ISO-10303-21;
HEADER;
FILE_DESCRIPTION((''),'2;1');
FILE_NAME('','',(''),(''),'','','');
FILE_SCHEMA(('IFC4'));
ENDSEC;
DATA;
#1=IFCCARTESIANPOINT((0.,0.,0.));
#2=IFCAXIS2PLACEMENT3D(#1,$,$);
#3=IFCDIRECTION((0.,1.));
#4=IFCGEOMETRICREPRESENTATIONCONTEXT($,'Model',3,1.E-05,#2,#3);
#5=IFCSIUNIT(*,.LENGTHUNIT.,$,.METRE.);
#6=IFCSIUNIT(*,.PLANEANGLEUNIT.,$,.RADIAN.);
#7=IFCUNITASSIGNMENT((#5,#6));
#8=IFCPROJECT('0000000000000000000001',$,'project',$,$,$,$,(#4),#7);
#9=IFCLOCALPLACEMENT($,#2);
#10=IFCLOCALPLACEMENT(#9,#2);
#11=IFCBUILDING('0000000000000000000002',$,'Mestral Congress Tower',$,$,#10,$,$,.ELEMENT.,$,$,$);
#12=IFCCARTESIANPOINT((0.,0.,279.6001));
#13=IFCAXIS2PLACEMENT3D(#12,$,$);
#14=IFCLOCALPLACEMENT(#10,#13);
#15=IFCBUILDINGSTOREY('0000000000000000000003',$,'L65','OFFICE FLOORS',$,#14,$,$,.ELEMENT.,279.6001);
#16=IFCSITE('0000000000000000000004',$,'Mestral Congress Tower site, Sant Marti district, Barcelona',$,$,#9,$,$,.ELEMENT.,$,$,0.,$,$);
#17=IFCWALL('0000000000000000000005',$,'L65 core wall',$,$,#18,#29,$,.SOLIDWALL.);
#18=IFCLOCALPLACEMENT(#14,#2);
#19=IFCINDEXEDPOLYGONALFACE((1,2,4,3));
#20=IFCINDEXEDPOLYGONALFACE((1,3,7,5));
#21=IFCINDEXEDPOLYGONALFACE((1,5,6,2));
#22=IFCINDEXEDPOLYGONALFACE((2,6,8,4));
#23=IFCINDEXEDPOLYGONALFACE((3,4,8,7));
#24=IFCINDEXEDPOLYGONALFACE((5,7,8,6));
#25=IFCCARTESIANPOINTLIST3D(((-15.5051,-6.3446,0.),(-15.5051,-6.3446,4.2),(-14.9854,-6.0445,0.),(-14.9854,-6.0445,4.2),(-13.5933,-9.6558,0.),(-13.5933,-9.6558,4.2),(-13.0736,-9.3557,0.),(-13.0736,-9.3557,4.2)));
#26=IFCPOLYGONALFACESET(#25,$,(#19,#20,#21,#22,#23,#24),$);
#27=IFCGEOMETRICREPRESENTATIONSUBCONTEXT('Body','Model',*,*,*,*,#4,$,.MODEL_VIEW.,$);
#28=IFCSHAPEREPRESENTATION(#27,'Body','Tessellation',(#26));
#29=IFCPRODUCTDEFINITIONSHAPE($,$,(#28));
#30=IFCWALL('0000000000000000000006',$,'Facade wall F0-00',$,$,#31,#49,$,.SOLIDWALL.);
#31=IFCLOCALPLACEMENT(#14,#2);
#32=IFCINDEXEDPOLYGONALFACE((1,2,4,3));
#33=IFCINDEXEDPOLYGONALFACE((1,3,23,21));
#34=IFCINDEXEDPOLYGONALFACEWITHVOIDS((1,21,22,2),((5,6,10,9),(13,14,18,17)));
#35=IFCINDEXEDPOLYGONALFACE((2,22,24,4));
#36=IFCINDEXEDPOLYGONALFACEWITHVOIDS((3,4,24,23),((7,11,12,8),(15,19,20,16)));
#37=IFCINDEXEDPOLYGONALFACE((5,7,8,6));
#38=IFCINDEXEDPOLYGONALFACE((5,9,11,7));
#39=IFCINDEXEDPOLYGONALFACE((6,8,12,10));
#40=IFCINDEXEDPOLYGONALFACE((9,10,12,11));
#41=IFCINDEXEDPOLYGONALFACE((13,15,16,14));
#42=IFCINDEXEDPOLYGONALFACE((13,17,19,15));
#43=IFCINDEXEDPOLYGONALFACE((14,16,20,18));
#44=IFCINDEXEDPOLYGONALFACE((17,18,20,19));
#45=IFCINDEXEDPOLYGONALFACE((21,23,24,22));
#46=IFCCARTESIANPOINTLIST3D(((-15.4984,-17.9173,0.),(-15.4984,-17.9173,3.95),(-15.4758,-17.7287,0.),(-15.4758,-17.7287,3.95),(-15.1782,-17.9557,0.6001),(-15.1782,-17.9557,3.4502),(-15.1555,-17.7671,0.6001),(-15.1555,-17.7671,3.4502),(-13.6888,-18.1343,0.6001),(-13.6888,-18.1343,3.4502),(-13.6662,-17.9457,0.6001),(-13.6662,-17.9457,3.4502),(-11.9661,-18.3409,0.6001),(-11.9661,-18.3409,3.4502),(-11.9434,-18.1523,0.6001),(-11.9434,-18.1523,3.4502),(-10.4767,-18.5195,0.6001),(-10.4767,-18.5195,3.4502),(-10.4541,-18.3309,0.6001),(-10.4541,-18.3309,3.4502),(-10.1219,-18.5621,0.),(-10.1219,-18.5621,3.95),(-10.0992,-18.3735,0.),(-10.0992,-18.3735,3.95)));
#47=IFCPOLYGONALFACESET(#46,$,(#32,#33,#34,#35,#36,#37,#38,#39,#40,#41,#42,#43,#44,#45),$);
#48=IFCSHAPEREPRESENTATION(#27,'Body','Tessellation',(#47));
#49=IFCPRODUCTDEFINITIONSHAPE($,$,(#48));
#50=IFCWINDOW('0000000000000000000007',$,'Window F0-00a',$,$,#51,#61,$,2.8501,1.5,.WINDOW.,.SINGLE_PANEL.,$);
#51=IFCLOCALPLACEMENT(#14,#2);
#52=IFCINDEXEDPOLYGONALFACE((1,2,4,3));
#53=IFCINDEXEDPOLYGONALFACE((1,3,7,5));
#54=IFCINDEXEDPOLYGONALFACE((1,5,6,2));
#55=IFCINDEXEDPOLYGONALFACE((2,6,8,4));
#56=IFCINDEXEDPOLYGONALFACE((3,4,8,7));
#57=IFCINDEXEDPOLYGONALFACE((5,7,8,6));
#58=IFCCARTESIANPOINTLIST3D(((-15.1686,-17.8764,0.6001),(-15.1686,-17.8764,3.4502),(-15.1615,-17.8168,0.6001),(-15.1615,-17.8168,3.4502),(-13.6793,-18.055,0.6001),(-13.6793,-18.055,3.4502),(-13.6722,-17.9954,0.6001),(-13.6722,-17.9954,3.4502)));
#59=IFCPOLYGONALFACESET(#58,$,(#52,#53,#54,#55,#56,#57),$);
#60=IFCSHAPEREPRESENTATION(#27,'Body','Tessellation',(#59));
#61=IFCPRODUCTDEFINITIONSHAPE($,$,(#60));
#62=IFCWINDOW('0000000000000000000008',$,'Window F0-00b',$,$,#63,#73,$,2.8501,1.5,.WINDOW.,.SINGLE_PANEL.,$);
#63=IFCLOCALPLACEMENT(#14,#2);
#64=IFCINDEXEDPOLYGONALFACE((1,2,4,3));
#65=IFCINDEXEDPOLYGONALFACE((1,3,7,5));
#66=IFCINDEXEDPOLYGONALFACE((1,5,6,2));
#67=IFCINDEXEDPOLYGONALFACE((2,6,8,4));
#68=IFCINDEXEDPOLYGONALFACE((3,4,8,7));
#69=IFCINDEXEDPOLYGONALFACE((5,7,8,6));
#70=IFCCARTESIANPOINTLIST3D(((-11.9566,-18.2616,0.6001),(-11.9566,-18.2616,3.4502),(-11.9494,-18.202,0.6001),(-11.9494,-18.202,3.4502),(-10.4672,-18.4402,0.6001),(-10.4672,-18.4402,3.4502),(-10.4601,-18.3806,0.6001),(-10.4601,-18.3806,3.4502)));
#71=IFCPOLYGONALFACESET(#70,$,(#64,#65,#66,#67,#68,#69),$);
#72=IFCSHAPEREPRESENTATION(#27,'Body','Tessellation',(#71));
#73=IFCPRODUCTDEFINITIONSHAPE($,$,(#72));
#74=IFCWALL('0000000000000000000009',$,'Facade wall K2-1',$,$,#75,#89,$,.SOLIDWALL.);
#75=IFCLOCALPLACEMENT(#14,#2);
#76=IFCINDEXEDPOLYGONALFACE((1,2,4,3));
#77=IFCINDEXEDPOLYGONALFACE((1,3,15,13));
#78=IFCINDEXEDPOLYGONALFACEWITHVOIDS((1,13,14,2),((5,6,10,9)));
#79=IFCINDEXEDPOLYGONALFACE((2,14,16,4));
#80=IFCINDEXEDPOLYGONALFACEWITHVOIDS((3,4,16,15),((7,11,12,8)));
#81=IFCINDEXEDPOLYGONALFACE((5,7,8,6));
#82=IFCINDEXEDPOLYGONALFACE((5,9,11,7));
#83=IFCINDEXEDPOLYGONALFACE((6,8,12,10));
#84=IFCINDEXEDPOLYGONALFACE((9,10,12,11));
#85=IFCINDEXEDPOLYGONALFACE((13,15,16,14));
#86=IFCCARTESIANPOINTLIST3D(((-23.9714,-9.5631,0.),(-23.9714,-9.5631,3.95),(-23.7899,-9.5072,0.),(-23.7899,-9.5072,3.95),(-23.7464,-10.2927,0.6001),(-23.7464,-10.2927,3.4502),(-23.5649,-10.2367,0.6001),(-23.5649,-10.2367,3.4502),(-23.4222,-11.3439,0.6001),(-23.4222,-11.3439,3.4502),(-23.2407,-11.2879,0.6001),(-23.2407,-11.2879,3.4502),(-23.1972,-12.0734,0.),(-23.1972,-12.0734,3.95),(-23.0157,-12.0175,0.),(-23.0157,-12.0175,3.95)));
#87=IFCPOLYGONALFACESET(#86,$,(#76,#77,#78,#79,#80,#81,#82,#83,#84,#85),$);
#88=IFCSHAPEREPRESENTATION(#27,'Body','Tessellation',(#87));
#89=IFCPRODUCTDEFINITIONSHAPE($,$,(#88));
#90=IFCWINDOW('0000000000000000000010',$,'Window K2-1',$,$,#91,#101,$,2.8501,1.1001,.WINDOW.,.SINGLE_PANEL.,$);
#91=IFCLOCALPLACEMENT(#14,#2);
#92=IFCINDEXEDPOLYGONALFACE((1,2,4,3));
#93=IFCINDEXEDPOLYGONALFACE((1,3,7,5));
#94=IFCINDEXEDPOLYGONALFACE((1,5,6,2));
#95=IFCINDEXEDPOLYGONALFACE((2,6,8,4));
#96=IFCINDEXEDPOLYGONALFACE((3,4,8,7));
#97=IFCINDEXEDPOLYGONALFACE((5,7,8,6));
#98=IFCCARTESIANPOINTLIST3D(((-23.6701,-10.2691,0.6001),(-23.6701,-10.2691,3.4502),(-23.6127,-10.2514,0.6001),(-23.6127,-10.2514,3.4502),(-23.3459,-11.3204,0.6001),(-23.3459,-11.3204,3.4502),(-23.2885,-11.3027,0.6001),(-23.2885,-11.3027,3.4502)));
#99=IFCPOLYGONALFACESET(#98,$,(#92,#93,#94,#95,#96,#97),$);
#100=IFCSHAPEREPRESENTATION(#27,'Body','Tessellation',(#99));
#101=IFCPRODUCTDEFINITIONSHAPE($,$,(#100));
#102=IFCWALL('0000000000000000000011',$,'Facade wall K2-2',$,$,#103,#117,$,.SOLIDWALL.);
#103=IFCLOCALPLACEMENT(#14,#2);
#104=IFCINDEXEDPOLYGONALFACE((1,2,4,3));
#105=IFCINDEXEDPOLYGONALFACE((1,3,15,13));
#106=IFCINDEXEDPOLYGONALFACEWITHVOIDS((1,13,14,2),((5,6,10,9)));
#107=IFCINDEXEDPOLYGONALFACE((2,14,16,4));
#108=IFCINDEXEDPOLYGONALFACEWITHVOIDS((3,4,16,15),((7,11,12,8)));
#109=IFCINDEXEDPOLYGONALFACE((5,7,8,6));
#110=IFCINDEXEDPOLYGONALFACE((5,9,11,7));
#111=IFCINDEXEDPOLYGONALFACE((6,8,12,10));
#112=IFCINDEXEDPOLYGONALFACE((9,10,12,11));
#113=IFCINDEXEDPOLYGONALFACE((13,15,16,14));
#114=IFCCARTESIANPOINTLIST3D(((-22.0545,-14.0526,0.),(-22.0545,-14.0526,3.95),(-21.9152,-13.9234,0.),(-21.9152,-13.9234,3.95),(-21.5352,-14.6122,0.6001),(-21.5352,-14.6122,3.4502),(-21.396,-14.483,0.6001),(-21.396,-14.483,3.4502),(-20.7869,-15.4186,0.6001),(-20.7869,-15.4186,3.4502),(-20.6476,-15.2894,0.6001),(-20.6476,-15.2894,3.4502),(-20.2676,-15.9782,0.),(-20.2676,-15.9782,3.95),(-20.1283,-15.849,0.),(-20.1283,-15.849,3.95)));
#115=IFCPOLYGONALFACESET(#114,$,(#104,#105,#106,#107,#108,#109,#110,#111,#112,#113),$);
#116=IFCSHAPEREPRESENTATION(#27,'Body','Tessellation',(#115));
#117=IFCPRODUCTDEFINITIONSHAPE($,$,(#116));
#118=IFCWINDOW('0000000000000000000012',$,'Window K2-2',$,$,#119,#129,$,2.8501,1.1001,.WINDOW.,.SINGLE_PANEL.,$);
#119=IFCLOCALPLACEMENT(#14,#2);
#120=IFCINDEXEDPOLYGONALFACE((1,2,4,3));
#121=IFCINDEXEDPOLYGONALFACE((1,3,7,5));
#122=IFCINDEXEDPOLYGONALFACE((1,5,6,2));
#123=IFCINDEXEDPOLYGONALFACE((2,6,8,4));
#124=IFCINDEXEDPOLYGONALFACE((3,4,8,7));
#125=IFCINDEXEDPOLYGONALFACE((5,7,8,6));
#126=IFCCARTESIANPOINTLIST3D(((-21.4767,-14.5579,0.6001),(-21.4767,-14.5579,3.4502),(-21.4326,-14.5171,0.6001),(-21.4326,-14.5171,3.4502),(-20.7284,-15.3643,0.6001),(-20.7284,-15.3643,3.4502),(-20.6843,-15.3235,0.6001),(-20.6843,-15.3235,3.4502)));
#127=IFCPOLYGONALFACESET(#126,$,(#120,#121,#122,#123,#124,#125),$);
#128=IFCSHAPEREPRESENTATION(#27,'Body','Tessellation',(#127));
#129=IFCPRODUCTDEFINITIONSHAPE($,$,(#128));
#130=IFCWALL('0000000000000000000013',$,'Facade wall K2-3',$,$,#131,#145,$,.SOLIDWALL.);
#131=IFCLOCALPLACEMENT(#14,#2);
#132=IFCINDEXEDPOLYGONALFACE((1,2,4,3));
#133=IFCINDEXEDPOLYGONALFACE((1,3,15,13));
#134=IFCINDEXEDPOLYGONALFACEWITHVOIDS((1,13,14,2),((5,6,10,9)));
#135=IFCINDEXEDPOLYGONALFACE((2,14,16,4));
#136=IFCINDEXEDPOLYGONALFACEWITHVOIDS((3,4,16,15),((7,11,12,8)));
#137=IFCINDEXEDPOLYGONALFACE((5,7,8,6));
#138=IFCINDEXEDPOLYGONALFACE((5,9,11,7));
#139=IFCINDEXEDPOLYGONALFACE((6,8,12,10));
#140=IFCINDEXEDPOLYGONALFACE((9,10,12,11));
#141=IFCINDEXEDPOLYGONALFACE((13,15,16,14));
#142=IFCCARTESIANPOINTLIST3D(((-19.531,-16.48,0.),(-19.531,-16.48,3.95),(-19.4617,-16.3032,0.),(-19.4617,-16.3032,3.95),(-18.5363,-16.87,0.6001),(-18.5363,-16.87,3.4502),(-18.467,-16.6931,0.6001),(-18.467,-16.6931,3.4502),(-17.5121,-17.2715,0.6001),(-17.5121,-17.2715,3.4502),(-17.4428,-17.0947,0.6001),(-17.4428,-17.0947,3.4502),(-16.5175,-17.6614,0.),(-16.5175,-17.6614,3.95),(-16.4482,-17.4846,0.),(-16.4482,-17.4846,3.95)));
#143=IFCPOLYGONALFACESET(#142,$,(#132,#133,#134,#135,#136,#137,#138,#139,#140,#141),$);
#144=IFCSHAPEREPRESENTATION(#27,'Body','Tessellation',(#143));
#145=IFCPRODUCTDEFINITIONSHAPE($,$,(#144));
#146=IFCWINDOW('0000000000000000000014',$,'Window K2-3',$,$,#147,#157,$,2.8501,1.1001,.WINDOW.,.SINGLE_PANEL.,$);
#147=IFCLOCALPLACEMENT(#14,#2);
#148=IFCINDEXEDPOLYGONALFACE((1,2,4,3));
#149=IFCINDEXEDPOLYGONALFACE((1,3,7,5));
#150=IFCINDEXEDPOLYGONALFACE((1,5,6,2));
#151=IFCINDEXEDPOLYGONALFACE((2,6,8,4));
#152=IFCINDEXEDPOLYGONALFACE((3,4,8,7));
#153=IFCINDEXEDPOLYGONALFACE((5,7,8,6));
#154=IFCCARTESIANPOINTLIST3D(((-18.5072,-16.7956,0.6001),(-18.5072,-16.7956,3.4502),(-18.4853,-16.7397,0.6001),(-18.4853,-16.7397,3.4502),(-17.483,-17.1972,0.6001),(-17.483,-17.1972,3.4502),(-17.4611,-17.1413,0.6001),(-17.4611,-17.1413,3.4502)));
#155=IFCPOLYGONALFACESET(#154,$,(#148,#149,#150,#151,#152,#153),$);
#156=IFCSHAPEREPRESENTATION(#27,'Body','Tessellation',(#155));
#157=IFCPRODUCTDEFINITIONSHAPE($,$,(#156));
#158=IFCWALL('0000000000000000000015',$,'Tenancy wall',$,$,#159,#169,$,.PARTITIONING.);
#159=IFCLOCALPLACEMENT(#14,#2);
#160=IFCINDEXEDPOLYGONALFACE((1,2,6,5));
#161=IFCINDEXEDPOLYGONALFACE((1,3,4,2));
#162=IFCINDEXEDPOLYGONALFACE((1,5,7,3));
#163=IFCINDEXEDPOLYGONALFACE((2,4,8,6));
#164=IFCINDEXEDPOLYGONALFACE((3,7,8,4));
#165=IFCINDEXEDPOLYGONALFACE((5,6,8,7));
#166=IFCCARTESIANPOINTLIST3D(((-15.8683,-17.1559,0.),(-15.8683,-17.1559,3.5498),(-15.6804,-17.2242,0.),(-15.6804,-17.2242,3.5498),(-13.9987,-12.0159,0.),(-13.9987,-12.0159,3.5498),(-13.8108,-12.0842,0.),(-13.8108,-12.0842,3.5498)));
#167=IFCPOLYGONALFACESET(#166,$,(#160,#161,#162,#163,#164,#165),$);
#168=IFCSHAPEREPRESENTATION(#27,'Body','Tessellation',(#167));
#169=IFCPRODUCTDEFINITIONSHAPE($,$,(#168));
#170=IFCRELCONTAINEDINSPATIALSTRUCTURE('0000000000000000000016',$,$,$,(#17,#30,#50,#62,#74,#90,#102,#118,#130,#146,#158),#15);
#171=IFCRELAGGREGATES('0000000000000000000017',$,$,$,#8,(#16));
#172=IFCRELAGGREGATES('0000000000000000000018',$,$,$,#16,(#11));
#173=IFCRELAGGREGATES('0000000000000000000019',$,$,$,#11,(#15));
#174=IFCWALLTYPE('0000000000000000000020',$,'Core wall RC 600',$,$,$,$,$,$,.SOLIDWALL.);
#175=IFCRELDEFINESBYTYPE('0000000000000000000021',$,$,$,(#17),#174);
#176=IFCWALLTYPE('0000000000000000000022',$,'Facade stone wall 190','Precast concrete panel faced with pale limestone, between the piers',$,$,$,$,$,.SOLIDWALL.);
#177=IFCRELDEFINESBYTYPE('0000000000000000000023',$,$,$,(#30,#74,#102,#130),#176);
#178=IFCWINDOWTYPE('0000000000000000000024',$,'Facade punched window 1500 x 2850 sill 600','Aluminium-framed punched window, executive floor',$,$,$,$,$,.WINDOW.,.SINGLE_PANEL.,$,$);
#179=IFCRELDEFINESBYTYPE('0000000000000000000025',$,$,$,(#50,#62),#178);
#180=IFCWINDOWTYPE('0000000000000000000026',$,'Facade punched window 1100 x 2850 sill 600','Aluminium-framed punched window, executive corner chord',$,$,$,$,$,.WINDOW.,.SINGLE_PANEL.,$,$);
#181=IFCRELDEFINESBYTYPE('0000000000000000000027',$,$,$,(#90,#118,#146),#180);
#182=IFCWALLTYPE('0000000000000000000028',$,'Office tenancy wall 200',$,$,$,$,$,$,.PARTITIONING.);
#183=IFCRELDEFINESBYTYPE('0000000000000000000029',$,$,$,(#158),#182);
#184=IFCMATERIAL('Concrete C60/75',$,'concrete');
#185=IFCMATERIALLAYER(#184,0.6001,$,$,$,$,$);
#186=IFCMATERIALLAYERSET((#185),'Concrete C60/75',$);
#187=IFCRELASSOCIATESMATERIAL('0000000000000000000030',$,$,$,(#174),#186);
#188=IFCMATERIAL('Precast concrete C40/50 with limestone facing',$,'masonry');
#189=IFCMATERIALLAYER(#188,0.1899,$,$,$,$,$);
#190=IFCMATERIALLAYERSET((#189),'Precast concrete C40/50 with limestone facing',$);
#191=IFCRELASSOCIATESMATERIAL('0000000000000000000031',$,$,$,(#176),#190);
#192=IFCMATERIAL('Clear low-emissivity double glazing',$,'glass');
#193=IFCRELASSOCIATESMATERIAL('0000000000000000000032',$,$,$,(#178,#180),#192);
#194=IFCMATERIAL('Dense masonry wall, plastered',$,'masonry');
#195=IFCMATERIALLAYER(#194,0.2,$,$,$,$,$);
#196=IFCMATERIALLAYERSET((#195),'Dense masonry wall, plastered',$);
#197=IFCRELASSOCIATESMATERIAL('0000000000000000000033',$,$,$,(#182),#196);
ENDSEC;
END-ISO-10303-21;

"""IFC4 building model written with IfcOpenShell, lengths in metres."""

from ifc_helpers import new_model, si_unit, direction, frame, frame_2d, origin, place, context, subcontext, project, spatial, rectangle, extrude, material, layer, layer_set, type_object, element, fill, save


model = new_model("IFC4")

# Units and contexts
model_context = context("Model", 3, precision=1e-05, world=origin(), true_north=direction((0.0, 1.0)))
body_context = subcontext(model_context, "Body", "Model", "MODEL_VIEW")
ifc_project = project(units=[si_unit("LENGTHUNIT", "METRE"), si_unit("PLANEANGLEUNIT", "RADIAN")], contexts=[model_context])

# Site, building, storey
site_placement = place(None, origin())
site = spatial("IfcSite", under=ifc_project, at=site_placement, Name="Mestral Congress Tower site, Sant Marti district, Barcelona", CompositionType="ELEMENT", RefElevation=0.0)
building_placement = place(site_placement, origin())
building = spatial("IfcBuilding", under=site, at=building_placement, Name="Mestral Congress Tower", CompositionType="ELEMENT")
storey_placement = place(building_placement, frame((0.0, 0.0, 279.6001)))
storey = spatial("IfcBuildingStorey", under=building, at=storey_placement, Name="L65", Description="OFFICE FLOORS", CompositionType="ELEMENT", Elevation=279.6001)

# Shared definitions
ifc_material_1 = material(Name="Concrete C60/75", Category="concrete")

# Wall
ifc_layer_1 = layer(ifc_material_1, 0.6001)
ifc_layer_set_1 = layer_set([ifc_layer_1], Name="Concrete C60/75")
wall_type_1 = type_object("IfcWallType", Name="Core wall RC 600", PredefinedType="SOLIDWALL", material=ifc_layer_set_1)
wall_1_placement = place(storey_placement, frame((-13.3335, -9.5056, 0.0), z_axis=(0.0, 0.0, 1.0), x_axis=(-0.500019, 0.866014, 0.0)))
element("IfcWall", 1, at=wall_1_placement, inside=storey, type_object=wall_type_1, Name="L65 core wall", PredefinedType="SOLIDWALL", context=body_context, shape_type="SweptSolid", body=[
    extrude(rectangle(XDim=3.8235, YDim=0.6001, at=frame_2d((1.9116, 0.0))), origin(), (0.0, 0.0, 1.0), 4.2),
])

# Wall, openings, windows
ifc_material_2 = material(Name="Precast concrete C40/50 with limestone facing", Category="masonry")
ifc_layer_2 = layer(ifc_material_2, 0.1899)
ifc_layer_set_2 = layer_set([ifc_layer_2], Name="Precast concrete C40/50 with limestone facing")
wall_type_2 = type_object("IfcWallType", Name="Facade stone wall 190", Description="Precast concrete panel faced with pale limestone, between the piers", PredefinedType="SOLIDWALL", material=ifc_layer_set_2)
wall_2_placement = place(storey_placement, frame((-15.4871, -17.823, 0.0), z_axis=(0.0, 0.0, 1.0), x_axis=(0.992886, -0.119072, 0.0)))
wall_2 = element("IfcWall", 2, at=wall_2_placement, inside=storey, type_object=wall_type_2, Name="Facade wall F0-00", PredefinedType="SOLIDWALL", context=body_context, shape_type="SweptSolid", body=[
    extrude(rectangle(XDim=5.415, YDim=0.1899, at=frame_2d((2.7075, 0.0))), origin(), (0.0, 0.0, 1.0), 3.95),
])
opening_1_placement = place(wall_2_placement, frame((0.3225, 0.0, 0.6001)))
opening_1 = element("IfcOpeningElement", 3, at=opening_1_placement, cuts=wall_2, PredefinedType="OPENING", context=body_context, shape_type="SweptSolid", body=[
    extrude(rectangle(XDim=1.5, YDim=2.8501, at=frame_2d((0.75, 1.425))), frame((0.0, 0.105, 0.0), z_axis=(0.0, -1.0, 0.0), x_axis=(1.0, 0.0, 0.0)), (0.0, 0.0, 1.0), 0.21),
])
opening_2_placement = place(wall_2_placement, frame((3.5576, 0.0, 0.6001)))
opening_2 = element("IfcOpeningElement", 4, at=opening_2_placement, cuts=wall_2, PredefinedType="OPENING", context=body_context, shape_type="SweptSolid", body=[
    extrude(rectangle(XDim=1.5, YDim=2.8501, at=frame_2d((0.75, 1.425))), frame((0.0, 0.105, 0.0), z_axis=(0.0, -1.0, 0.0), x_axis=(1.0, 0.0, 0.0)), (0.0, 0.0, 1.0), 0.21),
])
ifc_material_3 = material(Name="Clear low-emissivity double glazing", Category="glass")
window_type_1 = type_object("IfcWindowType", Name="Facade punched window 1500 x 2850 sill 600", Description="Aluminium-framed punched window, executive floor", PartitioningType="SINGLE_PANEL", PredefinedType="WINDOW", material=ifc_material_3)
window_1_placement = place(opening_1_placement, origin())
window_1 = element("IfcWindow", 5, at=window_1_placement, inside=storey, type_object=window_type_1, Name="Window F0-00a", OverallHeight=2.8501, OverallWidth=1.5, PartitioningType="SINGLE_PANEL", PredefinedType="WINDOW", context=body_context, shape_type="SweptSolid", body=[
    extrude(rectangle(XDim=1.5, YDim=2.8501, at=frame_2d((0.75, 1.425))), frame((0.0, 0.0449, 0.0), z_axis=(0.0, -1.0, 0.0), x_axis=(1.0, 0.0, 0.0)), (0.0, 0.0, 1.0), 0.0601),
])
fill(opening_1, window_1)
window_2_placement = place(opening_2_placement, origin())
window_2 = element("IfcWindow", 6, at=window_2_placement, inside=storey, type_object=window_type_1, Name="Window F0-00b", OverallHeight=2.8501, OverallWidth=1.5, PartitioningType="SINGLE_PANEL", PredefinedType="WINDOW", context=body_context, shape_type="SweptSolid", body=[
    extrude(rectangle(XDim=1.5, YDim=2.8501, at=frame_2d((0.75, 1.425))), frame((0.0, 0.0449, 0.0), z_axis=(0.0, -1.0, 0.0), x_axis=(1.0, 0.0, 0.0)), (0.0, 0.0, 1.0), 0.0601),
])
fill(opening_2, window_2)

# Walls, openings, windows
wall_3_placement = place(storey_placement, frame((-23.8806, -9.5352, 0.0), z_axis=(0.0, 0.0, 1.0), x_axis=(0.294706, -0.955588, 0.0)))
wall_3 = element("IfcWall", 7, at=wall_3_placement, inside=storey, type_object=wall_type_2, Name="Facade wall K2-1", PredefinedType="SOLIDWALL", context=body_context, shape_type="SweptSolid", body=[
    extrude(rectangle(XDim=2.627, YDim=0.1899, at=frame_2d((1.3135, 0.0))), origin(), (0.0, 0.0, 1.0), 3.95),
])
opening_3_placement = place(wall_3_placement, frame((0.7634, 0.0, 0.6001)))
opening_3 = element("IfcOpeningElement", 8, at=opening_3_placement, cuts=wall_3, PredefinedType="OPENING", context=body_context, shape_type="SweptSolid", body=[
    extrude(rectangle(XDim=1.1001, YDim=2.8501, at=frame_2d((0.55, 1.425))), frame((0.0, 0.105, 0.0), z_axis=(0.0, -1.0, 0.0), x_axis=(1.0, 0.0, 0.0)), (0.0, 0.0, 1.0), 0.21),
])
window_type_2 = type_object("IfcWindowType", Name="Facade punched window 1100 x 2850 sill 600", Description="Aluminium-framed punched window, executive corner chord", PartitioningType="SINGLE_PANEL", PredefinedType="WINDOW", material=ifc_material_3)
window_3_placement = place(opening_3_placement, origin())
window_3 = element("IfcWindow", 9, at=window_3_placement, inside=storey, type_object=window_type_2, Name="Window K2-1", OverallHeight=2.8501, OverallWidth=1.1001, PartitioningType="SINGLE_PANEL", PredefinedType="WINDOW", context=body_context, shape_type="SweptSolid", body=[
    extrude(rectangle(XDim=1.1001, YDim=2.8501, at=frame_2d((0.55, 1.425))), frame((0.0, 0.0449, 0.0), z_axis=(0.0, -1.0, 0.0), x_axis=(1.0, 0.0, 0.0)), (0.0, 0.0, 1.0), 0.0601),
])
fill(opening_3, window_3)
wall_4_placement = place(storey_placement, frame((-21.9849, -13.988, 0.0), z_axis=(0.0, 0.0, 1.0), x_axis=(0.680219, -0.733009, 0.0)))
wall_4 = element("IfcWall", 10, at=wall_4_placement, inside=storey, type_object=wall_type_2, Name="Facade wall K2-2", PredefinedType="SOLIDWALL", context=body_context, shape_type="SweptSolid", body=[
    extrude(rectangle(XDim=2.627, YDim=0.1899, at=frame_2d((1.3135, 0.0))), origin(), (0.0, 0.0, 1.0), 3.95),
])
opening_4_placement = place(wall_4_placement, frame((0.7634, 0.0, 0.6001)))
opening_4 = element("IfcOpeningElement", 11, at=opening_4_placement, cuts=wall_4, PredefinedType="OPENING", context=body_context, shape_type="SweptSolid", body=[
    extrude(rectangle(XDim=1.1001, YDim=2.8501, at=frame_2d((0.55, 1.425))), frame((0.0, 0.105, 0.0), z_axis=(0.0, -1.0, 0.0), x_axis=(1.0, 0.0, 0.0)), (0.0, 0.0, 1.0), 0.21),
])
window_4_placement = place(opening_4_placement, origin())
window_4 = element("IfcWindow", 12, at=window_4_placement, inside=storey, type_object=window_type_2, Name="Window K2-2", OverallHeight=2.8501, OverallWidth=1.1001, PartitioningType="SINGLE_PANEL", PredefinedType="WINDOW", context=body_context, shape_type="SweptSolid", body=[
    extrude(rectangle(XDim=1.1001, YDim=2.8501, at=frame_2d((0.55, 1.425))), frame((0.0, 0.0449, 0.0), z_axis=(0.0, -1.0, 0.0), x_axis=(1.0, 0.0, 0.0)), (0.0, 0.0, 1.0), 0.0601),
])
fill(opening_4, window_4)
wall_5_placement = place(storey_placement, frame((-19.4963, -16.3916, 0.0), z_axis=(0.0, 0.0, 1.0), x_axis=(0.931009, -0.364997, 0.0)))
wall_5 = element("IfcWall", 13, at=wall_5_placement, inside=storey, type_object=wall_type_2, Name="Facade wall K2-3", PredefinedType="SOLIDWALL", context=body_context, shape_type="SweptSolid", body=[
    extrude(rectangle(XDim=3.2368, YDim=0.1899, at=frame_2d((1.6184, 0.0))), origin(), (0.0, 0.0, 1.0), 3.95),
])
opening_5_placement = place(wall_5_placement, frame((1.0684, 0.0, 0.6001)))
opening_5 = element("IfcOpeningElement", 14, at=opening_5_placement, cuts=wall_5, PredefinedType="OPENING", context=body_context, shape_type="SweptSolid", body=[
    extrude(rectangle(XDim=1.1001, YDim=2.8501, at=frame_2d((0.55, 1.425))), frame((0.0, 0.105, 0.0), z_axis=(0.0, -1.0, 0.0), x_axis=(1.0, 0.0, 0.0)), (0.0, 0.0, 1.0), 0.21),
])
window_5_placement = place(opening_5_placement, origin())
window_5 = element("IfcWindow", 15, at=window_5_placement, inside=storey, type_object=window_type_2, Name="Window K2-3", OverallHeight=2.8501, OverallWidth=1.1001, PartitioningType="SINGLE_PANEL", PredefinedType="WINDOW", context=body_context, shape_type="SweptSolid", body=[
    extrude(rectangle(XDim=1.1001, YDim=2.8501, at=frame_2d((0.55, 1.425))), frame((0.0, 0.0449, 0.0), z_axis=(0.0, -1.0, 0.0), x_axis=(1.0, 0.0, 0.0)), (0.0, 0.0, 1.0), 0.0601),
])
fill(opening_5, window_5)

# Wall
ifc_material_4 = material(Name="Dense masonry wall, plastered", Category="masonry")
ifc_layer_3 = layer(ifc_material_4, 0.2)
ifc_layer_set_3 = layer_set([ifc_layer_3], Name="Dense masonry wall, plastered")
wall_type_3 = type_object("IfcWallType", Name="Office tenancy wall 200", PredefinedType="PARTITIONING", material=ifc_layer_set_3)
wall_6_placement = place(storey_placement, frame((-15.7744, -17.1902, 0.0), z_axis=(0.0, 0.0, 1.0), x_axis=(0.341822, 0.939765, 0.0)))
element("IfcWall", 16, at=wall_6_placement, inside=storey, type_object=wall_type_3, Name="Tenancy wall", PredefinedType="PARTITIONING", context=body_context, shape_type="SweptSolid", body=[
    extrude(rectangle(XDim=5.4695, YDim=0.2, at=frame_2d((2.7349, 0.0))), origin(), (0.0, 0.0, 1.0), 3.5498),
])

save(model, "model.ifc")
